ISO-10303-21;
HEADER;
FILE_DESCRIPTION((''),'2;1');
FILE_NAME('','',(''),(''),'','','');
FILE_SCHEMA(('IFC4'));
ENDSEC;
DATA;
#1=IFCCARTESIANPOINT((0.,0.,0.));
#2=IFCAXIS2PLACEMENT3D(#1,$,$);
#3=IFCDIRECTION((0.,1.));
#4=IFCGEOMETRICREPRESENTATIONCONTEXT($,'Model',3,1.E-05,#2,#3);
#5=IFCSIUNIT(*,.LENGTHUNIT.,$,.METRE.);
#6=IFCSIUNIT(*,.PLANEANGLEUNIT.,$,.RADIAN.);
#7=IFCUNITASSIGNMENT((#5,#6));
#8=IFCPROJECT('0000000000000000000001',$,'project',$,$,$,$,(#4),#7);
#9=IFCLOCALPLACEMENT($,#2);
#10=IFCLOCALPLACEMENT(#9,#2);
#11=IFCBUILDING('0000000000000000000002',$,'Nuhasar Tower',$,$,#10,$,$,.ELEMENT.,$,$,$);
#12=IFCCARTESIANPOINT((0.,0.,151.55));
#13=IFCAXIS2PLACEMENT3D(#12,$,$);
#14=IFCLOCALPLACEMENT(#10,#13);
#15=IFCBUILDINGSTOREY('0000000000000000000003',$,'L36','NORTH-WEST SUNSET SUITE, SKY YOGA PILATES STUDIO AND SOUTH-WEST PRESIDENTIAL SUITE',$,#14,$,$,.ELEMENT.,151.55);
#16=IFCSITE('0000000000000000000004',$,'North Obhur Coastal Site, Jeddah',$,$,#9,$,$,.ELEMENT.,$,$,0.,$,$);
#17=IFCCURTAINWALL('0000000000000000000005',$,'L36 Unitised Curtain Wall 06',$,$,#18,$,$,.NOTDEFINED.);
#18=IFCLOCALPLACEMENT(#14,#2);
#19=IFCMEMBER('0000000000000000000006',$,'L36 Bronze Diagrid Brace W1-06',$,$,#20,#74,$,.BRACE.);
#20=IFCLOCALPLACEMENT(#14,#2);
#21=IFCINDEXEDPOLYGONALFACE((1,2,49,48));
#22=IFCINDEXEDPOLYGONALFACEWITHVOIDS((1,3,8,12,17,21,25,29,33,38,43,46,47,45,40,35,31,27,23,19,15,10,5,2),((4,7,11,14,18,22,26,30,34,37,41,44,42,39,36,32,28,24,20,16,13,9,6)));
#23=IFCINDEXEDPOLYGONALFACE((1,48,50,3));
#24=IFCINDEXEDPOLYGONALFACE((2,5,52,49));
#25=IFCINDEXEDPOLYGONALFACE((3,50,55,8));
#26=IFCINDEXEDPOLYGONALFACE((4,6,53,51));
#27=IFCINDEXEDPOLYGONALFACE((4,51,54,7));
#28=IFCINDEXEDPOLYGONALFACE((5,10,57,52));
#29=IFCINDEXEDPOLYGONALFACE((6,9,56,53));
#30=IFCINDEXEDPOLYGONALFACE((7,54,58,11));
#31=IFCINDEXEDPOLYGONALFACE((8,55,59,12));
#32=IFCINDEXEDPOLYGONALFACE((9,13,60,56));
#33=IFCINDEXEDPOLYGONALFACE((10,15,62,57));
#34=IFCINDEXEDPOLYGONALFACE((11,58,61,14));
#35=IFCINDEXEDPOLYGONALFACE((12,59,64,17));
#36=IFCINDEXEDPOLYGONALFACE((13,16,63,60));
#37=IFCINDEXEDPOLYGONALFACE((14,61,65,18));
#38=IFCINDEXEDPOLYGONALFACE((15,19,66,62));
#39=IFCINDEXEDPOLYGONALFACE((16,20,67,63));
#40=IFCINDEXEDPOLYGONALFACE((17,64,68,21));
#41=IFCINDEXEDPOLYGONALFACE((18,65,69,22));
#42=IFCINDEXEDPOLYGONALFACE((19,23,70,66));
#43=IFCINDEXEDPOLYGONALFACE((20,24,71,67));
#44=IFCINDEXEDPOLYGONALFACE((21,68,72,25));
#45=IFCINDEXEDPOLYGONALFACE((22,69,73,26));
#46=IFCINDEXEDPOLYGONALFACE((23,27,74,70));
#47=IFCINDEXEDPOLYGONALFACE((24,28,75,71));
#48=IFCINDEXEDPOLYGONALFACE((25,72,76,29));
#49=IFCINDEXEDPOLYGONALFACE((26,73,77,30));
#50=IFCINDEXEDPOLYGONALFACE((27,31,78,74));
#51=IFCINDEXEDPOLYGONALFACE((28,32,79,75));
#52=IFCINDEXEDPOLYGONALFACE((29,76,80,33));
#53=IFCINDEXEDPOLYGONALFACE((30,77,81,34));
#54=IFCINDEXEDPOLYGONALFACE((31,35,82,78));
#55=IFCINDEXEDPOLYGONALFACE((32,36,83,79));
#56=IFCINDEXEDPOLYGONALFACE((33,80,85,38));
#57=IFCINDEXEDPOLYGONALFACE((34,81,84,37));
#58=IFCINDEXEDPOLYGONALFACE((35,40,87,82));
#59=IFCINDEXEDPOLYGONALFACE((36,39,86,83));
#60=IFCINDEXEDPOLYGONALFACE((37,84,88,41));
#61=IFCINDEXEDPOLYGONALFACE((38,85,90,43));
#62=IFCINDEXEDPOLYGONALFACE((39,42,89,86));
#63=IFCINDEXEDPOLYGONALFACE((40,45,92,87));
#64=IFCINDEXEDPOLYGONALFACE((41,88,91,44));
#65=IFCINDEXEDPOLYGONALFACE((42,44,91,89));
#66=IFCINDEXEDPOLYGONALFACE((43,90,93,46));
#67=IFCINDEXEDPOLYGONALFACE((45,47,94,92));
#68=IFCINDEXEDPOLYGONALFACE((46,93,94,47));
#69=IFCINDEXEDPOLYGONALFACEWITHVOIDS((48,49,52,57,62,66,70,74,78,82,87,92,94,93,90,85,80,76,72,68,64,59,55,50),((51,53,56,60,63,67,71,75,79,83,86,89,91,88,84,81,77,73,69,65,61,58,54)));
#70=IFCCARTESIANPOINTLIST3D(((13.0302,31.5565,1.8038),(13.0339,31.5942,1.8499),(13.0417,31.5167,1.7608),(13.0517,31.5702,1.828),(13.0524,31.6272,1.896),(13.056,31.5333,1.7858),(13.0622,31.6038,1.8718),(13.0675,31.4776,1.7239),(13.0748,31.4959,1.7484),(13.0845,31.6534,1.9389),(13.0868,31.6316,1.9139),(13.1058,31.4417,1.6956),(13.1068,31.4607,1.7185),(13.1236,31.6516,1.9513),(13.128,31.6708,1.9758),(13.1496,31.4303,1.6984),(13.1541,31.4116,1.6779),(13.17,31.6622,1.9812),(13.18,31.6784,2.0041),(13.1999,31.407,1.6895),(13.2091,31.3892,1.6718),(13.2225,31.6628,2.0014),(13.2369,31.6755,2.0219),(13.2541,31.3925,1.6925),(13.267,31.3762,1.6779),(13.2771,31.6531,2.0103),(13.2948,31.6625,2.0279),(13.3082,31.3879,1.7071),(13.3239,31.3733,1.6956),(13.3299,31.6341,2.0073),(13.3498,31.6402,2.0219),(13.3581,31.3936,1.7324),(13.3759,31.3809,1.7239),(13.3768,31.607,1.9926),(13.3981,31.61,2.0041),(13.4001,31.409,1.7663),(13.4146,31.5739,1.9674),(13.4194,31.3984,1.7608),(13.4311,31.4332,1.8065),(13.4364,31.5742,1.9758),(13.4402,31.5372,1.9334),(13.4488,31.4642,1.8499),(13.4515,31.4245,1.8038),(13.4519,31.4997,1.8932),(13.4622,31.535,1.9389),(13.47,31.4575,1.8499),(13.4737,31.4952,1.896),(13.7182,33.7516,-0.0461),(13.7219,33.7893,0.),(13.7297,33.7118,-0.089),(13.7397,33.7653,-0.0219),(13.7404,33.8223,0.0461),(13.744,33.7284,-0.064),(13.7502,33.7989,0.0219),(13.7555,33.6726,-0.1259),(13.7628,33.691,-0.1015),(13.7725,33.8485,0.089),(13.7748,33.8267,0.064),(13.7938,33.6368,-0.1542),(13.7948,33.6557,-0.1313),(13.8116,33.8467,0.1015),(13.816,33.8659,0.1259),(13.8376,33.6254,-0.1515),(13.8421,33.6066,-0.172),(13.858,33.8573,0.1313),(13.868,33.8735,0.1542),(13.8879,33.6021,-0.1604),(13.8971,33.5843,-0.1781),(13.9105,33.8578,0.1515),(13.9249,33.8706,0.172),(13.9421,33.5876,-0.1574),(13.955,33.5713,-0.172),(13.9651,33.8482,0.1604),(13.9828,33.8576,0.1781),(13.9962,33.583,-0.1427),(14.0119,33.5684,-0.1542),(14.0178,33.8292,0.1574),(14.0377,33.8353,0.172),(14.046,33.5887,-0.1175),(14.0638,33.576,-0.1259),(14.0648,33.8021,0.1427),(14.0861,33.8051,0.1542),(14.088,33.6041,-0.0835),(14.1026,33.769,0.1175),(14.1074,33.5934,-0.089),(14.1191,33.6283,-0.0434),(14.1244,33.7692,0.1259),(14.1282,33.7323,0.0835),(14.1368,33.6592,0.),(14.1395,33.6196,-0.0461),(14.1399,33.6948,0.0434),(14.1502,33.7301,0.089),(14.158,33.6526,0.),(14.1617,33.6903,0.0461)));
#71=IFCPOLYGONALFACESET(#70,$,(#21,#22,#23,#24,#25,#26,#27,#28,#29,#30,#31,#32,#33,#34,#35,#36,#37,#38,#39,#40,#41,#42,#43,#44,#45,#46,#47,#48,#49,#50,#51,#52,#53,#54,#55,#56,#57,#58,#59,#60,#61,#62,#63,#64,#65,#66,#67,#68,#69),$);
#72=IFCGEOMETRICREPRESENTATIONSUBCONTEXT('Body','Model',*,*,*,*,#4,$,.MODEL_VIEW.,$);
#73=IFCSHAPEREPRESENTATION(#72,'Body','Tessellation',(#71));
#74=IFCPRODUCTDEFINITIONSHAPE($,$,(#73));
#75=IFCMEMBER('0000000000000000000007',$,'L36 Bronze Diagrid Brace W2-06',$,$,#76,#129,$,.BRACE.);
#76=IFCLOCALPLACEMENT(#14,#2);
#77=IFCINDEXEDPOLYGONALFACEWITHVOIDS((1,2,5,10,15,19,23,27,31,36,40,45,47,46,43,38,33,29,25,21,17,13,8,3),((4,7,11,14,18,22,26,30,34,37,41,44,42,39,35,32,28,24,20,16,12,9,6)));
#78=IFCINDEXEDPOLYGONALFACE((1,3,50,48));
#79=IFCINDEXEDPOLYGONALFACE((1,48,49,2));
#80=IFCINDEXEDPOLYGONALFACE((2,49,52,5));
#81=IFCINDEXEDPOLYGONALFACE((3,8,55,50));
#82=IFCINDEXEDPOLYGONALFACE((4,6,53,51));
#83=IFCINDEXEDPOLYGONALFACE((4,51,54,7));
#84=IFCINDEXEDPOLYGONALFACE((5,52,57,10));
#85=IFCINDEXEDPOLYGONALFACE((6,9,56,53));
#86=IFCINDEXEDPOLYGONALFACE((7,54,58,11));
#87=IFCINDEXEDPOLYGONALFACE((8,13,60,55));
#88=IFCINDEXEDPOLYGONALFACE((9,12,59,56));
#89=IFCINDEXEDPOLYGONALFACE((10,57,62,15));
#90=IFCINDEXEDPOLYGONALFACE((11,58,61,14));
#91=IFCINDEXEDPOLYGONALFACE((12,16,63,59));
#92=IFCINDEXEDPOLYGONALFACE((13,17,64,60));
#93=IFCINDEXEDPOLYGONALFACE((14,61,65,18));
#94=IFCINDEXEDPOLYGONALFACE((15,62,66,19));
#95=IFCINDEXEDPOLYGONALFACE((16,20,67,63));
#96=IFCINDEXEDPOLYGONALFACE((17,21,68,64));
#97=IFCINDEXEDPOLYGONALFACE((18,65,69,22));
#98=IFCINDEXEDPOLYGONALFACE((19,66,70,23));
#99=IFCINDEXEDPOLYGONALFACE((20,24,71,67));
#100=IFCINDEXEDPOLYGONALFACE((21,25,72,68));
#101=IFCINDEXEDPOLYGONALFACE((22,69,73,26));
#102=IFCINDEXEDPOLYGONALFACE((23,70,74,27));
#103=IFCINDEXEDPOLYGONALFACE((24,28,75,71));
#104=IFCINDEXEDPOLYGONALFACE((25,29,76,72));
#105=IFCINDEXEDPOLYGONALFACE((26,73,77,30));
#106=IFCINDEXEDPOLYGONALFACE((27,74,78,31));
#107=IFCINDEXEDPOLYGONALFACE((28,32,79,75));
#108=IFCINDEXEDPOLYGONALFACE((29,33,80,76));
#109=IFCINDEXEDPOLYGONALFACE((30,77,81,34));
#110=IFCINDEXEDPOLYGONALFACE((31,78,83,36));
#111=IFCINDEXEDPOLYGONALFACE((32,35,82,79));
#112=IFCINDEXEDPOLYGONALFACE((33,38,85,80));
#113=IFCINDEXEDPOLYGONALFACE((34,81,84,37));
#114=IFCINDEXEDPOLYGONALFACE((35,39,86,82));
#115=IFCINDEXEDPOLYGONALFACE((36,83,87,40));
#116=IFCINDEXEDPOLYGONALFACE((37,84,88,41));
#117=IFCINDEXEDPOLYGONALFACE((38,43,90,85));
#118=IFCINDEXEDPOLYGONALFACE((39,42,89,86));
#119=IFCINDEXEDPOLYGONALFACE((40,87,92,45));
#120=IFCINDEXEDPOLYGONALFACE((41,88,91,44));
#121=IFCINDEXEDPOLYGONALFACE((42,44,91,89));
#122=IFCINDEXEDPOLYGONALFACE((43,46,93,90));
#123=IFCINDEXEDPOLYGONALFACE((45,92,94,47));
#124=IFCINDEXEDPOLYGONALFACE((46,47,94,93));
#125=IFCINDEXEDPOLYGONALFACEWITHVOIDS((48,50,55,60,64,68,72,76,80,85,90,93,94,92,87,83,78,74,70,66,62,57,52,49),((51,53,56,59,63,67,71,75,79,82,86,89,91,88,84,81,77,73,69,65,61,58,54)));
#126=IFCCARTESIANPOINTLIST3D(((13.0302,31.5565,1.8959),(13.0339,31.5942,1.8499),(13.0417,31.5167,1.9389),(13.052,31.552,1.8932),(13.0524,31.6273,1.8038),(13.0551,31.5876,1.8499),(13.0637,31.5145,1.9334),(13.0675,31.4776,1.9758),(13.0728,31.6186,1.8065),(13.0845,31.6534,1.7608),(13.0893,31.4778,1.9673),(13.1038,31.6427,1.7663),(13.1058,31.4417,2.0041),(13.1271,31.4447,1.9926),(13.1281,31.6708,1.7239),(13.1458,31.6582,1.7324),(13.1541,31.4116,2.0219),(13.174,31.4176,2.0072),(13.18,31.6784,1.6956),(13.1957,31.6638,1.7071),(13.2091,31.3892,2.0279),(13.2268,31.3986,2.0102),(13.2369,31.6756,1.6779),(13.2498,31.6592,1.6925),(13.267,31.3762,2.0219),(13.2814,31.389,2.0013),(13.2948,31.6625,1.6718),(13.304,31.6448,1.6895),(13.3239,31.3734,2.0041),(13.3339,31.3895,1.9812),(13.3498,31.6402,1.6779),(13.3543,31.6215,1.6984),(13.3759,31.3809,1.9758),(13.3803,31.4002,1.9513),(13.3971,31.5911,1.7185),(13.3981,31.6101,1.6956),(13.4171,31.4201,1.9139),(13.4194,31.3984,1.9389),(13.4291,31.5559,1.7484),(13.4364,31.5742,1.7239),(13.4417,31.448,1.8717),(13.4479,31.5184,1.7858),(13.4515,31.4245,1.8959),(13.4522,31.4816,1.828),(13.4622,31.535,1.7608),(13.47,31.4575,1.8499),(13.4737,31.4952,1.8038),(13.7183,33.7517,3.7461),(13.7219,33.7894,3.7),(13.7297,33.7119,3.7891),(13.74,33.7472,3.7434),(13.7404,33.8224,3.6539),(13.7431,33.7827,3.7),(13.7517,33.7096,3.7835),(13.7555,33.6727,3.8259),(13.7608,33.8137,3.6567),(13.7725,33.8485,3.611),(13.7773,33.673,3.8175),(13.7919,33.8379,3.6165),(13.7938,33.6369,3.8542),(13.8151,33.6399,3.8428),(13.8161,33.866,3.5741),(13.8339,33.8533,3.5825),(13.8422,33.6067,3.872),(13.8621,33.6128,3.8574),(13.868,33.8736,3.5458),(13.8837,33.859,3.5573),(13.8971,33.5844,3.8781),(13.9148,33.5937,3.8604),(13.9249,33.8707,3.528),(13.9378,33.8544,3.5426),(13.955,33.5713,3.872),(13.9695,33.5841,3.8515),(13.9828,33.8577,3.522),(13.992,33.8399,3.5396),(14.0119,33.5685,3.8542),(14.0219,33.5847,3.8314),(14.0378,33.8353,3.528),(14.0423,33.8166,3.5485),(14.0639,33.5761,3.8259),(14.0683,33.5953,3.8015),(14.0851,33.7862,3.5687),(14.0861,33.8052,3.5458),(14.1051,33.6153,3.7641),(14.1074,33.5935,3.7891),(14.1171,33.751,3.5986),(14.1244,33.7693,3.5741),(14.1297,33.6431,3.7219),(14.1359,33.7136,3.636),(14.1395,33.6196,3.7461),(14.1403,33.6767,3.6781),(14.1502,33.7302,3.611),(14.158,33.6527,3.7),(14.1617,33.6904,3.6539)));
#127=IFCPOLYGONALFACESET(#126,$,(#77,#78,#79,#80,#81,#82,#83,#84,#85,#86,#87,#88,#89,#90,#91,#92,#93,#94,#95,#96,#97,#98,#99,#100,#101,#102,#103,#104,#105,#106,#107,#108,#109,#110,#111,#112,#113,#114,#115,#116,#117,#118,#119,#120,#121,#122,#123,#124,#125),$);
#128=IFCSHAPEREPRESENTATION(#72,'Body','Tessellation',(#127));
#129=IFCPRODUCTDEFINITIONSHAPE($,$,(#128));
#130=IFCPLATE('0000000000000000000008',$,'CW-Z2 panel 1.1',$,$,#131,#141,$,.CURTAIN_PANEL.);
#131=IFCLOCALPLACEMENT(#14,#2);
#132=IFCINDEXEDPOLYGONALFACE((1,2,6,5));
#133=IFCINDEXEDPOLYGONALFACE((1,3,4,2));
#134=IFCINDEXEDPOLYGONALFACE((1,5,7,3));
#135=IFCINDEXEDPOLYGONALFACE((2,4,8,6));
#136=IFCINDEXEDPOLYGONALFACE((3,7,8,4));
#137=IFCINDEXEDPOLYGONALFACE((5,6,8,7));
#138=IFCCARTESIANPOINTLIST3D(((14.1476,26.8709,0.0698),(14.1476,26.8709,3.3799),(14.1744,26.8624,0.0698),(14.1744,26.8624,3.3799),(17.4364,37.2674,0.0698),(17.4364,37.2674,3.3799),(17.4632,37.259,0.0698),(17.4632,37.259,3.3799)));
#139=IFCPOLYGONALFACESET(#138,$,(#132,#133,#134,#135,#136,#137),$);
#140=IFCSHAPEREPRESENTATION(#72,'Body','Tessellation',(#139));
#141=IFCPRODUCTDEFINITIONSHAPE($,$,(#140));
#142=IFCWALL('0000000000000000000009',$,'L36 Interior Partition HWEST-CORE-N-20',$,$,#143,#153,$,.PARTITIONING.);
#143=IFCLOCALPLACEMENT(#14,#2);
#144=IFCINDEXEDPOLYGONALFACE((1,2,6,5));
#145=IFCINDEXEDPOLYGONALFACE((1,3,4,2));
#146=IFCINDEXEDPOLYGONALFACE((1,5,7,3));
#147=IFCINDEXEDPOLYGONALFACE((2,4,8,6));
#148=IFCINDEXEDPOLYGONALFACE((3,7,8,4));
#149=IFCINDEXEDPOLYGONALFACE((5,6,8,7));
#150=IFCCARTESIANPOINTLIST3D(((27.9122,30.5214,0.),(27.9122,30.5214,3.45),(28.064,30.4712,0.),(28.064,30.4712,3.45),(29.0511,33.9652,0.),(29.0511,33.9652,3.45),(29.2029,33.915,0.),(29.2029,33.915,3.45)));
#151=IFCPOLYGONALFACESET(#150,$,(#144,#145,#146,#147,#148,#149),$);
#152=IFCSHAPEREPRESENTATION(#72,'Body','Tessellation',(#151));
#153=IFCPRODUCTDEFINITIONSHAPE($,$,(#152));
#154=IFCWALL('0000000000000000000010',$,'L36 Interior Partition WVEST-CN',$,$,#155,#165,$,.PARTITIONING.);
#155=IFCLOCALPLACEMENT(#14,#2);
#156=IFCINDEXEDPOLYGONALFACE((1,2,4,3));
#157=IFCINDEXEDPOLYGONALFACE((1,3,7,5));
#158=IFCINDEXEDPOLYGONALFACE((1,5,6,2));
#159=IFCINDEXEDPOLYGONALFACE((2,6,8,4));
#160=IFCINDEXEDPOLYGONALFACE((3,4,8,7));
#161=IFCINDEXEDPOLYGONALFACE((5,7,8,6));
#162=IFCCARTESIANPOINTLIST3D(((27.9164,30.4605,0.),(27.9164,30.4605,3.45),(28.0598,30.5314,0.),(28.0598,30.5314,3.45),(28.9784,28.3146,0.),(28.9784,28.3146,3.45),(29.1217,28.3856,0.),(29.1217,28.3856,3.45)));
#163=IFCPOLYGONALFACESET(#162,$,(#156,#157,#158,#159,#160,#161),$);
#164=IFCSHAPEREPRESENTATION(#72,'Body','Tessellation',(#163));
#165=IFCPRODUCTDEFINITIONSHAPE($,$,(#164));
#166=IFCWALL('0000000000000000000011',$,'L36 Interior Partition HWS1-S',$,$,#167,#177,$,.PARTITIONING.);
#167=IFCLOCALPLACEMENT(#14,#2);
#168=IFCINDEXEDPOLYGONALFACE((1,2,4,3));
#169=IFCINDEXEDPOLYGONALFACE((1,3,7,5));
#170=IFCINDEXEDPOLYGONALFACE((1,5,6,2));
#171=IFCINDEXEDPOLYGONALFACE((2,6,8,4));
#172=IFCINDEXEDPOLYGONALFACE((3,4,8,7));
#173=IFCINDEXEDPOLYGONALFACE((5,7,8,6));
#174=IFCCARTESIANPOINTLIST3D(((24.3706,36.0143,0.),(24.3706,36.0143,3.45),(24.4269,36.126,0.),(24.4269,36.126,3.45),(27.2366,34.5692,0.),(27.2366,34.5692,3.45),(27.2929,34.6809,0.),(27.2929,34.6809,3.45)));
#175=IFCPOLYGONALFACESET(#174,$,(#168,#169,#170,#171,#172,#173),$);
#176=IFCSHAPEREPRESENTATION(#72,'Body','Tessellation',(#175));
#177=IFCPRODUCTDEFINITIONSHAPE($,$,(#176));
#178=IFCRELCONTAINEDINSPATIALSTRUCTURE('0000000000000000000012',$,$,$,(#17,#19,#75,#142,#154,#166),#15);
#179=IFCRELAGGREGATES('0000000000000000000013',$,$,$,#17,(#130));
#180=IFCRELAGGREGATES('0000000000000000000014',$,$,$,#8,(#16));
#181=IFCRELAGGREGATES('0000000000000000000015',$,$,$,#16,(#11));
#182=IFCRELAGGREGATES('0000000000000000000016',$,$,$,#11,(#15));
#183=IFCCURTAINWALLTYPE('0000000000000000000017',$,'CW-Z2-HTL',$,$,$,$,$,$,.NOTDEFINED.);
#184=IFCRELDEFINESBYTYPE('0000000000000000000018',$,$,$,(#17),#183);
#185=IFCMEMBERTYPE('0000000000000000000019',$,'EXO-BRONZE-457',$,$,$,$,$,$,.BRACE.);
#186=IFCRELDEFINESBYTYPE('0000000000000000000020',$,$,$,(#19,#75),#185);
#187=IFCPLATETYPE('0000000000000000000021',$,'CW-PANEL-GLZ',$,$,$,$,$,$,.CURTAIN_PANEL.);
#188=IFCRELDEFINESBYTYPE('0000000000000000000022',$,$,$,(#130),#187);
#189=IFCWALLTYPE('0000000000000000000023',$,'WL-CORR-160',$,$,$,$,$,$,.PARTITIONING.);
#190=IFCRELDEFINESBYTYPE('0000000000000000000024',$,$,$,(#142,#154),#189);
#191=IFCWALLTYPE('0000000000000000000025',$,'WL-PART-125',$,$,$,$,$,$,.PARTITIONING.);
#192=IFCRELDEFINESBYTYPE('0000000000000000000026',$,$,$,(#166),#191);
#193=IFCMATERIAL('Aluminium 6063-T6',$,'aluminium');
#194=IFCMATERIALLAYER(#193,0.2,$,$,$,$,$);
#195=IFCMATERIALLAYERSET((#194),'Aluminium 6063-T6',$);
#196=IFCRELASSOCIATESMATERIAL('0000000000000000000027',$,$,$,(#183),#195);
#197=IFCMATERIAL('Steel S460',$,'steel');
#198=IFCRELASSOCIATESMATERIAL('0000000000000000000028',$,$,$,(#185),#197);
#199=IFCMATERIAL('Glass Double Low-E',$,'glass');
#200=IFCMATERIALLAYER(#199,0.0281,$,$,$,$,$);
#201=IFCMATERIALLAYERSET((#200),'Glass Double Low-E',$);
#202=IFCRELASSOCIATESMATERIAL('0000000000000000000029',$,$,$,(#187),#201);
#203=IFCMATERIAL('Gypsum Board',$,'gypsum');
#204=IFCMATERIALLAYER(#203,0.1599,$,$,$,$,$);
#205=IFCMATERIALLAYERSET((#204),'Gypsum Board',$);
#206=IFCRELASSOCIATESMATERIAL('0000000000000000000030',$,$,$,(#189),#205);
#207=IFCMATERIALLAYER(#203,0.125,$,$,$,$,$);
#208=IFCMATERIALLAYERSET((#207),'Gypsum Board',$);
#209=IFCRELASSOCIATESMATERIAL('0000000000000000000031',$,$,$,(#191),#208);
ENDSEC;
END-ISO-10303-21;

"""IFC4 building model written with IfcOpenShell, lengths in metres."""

from ifc_helpers import new_model, si_unit, direction, frame, frame_2d, origin, origin_2d, place, context, subcontext, project, spatial, rectangle, hollow_circle, extrude, material, layer, layer_set, material_profile, profile_set, type_object, element, aggregate, save


model = new_model("IFC4")

# Units and contexts
model_context = context("Model", 3, precision=1e-05, world=origin(), true_north=direction((0.0, 1.0)))
body_context = subcontext(model_context, "Body", "Model", "MODEL_VIEW")
ifc_project = project(units=[si_unit("LENGTHUNIT", "METRE"), si_unit("PLANEANGLEUNIT", "RADIAN")], contexts=[model_context])

# Site, building, storey
site_placement = place(None, origin())
site = spatial("IfcSite", under=ifc_project, at=site_placement, Name="North Obhur Coastal Site, Jeddah", CompositionType="ELEMENT", RefElevation=0.0)
building_placement = place(site_placement, origin())
building = spatial("IfcBuilding", under=site, at=building_placement, Name="Nuhasar Tower", CompositionType="ELEMENT")
storey_placement = place(building_placement, frame((0.0, 0.0, 151.55)))
storey = spatial("IfcBuildingStorey", under=building, at=storey_placement, Name="L36", Description="NORTH-WEST SUNSET SUITE, SKY YOGA PILATES STUDIO AND SOUTH-WEST PRESIDENTIAL SUITE", CompositionType="ELEMENT", Elevation=151.55)

# Curtain wall
ifc_material_1 = material(Name="Aluminium 6063-T6", Category="aluminium")
ifc_layer_1 = layer(ifc_material_1, 0.2)
ifc_layer_set_1 = layer_set([ifc_layer_1], Name="Aluminium 6063-T6")
curtain_wall_type = type_object("IfcCurtainWallType", Name="CW-Z2-HTL", PredefinedType="NOTDEFINED", material=ifc_layer_set_1)
curtain_wall_placement = place(storey_placement, origin())
curtain_wall = element("IfcCurtainWall", 1, at=curtain_wall_placement, inside=storey, type_object=curtain_wall_type, Name="L36 Unitised Curtain Wall 06", PredefinedType="NOTDEFINED")

# Members
ifc_material_2 = material(Name="Steel S460", Category="steel")
ifc_material_profile_1 = material_profile(ifc_material_2, hollow_circle(Radius=0.2285, WallThickness=0.0222, at=origin_2d()), Name="HSS457X22.2")
ifc_profile_set_1 = profile_set([ifc_material_profile_1], Name="Steel S460")
member_type_1 = type_object("IfcMemberType", Name="EXO-BRONZE-457", PredefinedType="BRACE", material=ifc_profile_set_1)
member_1_placement = place(storey_placement, frame((13.9399, 33.7209, 0.0), z_axis=(-0.233068, -0.743616, 0.626669), x_axis=(0.954228, -0.299079, 0.0)))
element("IfcMember", 2, at=member_1_placement, inside=storey, type_object=member_type_1, Name="L36 Bronze Diagrid Brace W1-06", PredefinedType="BRACE", context=body_context, shape_type="SweptSolid", body=[
    extrude(hollow_circle(Radius=0.2285, WallThickness=0.0222, at=origin_2d()), origin(), (0.0, 0.0, 1.0), 2.9519),
])
member_2_placement = place(storey_placement, frame((13.252, 31.5259, 1.8499), z_axis=(0.233056, 0.743578, 0.626719), x_axis=(-0.954228, 0.299079, 0.0)))
element("IfcMember", 3, at=member_2_placement, inside=storey, type_object=member_type_1, Name="L36 Bronze Diagrid Brace W2-06", PredefinedType="BRACE", context=body_context, shape_type="SweptSolid", body=[
    extrude(hollow_circle(Radius=0.2285, WallThickness=0.0222, at=origin_2d()), origin(), (0.0, 0.0, 1.0), 2.9521),
])

# Plate
ifc_material_3 = material(Name="Glass Double Low-E", Category="glass")
ifc_layer_2 = layer(ifc_material_3, 0.0281)
ifc_layer_set_2 = layer_set([ifc_layer_2], Name="Glass Double Low-E")
plate_type = type_object("IfcPlateType", Name="CW-PANEL-GLZ", PredefinedType="CURTAIN_PANEL", material=ifc_layer_set_2)
plate_placement = place(storey_placement, frame((15.8054, 32.0649, 0.0698), z_axis=(0.0, 0.0, 1.0), x_axis=(-0.301604, -0.953433, 0.0)))
plate = element("IfcPlate", 4, at=plate_placement, type_object=plate_type, Name="CW-Z2 panel 1.1", PredefinedType="CURTAIN_PANEL", context=body_context, shape_type="SweptSolid", body=[
    extrude(rectangle(XDim=10.9043, YDim=0.0281, at=origin_2d()), origin(), (0.0, 0.0, 1.0), 3.3101),
])
aggregate(curtain_wall, [plate])

# Wall
ifc_material_4 = material(Name="Gypsum Board", Category="gypsum")
ifc_layer_3 = layer(ifc_material_4, 0.1599)
ifc_layer_set_3 = layer_set([ifc_layer_3], Name="Gypsum Board")
wall_type_1 = type_object("IfcWallType", Name="WL-CORR-160", PredefinedType="PARTITIONING", material=ifc_layer_set_3)
wall_1_placement = place(storey_placement, frame((29.127, 33.9399, 0.0), z_axis=(0.0, 0.0, 1.0), x_axis=(-0.313986, -0.949428, 0.0)))
element("IfcWall", 5, at=wall_1_placement, inside=storey, type_object=wall_type_1, Name="L36 Interior Partition HWEST-CORE-N-20", PredefinedType="PARTITIONING", context=body_context, shape_type="SweptSolid", body=[
    extrude(rectangle(XDim=3.6272, YDim=0.1599, at=frame_2d((1.8135, 0.0))), origin(), (0.0, 0.0, 1.0), 3.45),
])

# Walls
wall_2_placement = place(storey_placement, frame((27.988, 30.4961, 0.0), z_axis=(0.0, 0.0, 1.0), x_axis=(0.443539, -0.896255, 0.0)))
element("IfcWall", 6, at=wall_2_placement, inside=storey, type_object=wall_type_1, Name="L36 Interior Partition WVEST-CN", PredefinedType="PARTITIONING", context=body_context, shape_type="SweptSolid", body=[
    extrude(rectangle(XDim=2.3943, YDim=0.1599, at=frame_2d((1.1973, 0.0))), origin(), (0.0, 0.0, 1.0), 3.45),
])
ifc_layer_4 = layer(ifc_material_4, 0.125)
ifc_layer_set_4 = layer_set([ifc_layer_4], Name="Gypsum Board")
wall_type_2 = type_object("IfcWallType", Name="WL-PART-125", PredefinedType="PARTITIONING", material=ifc_layer_set_4)
wall_3_placement = place(storey_placement, frame((27.2649, 34.625, 0.0), z_axis=(0.0, 0.0, 1.0), x_axis=(-0.892916, 0.450223, 0.0)))
element("IfcWall", 7, at=wall_3_placement, inside=storey, type_object=wall_type_2, Name="L36 Interior Partition HWS1-S", PredefinedType="PARTITIONING", context=body_context, shape_type="SweptSolid", body=[
    extrude(rectangle(XDim=3.2097, YDim=0.125, at=frame_2d((1.605, 0.0))), origin(), (0.0, 0.0, 1.0), 3.45),
])

save(model, "model.ifc")
